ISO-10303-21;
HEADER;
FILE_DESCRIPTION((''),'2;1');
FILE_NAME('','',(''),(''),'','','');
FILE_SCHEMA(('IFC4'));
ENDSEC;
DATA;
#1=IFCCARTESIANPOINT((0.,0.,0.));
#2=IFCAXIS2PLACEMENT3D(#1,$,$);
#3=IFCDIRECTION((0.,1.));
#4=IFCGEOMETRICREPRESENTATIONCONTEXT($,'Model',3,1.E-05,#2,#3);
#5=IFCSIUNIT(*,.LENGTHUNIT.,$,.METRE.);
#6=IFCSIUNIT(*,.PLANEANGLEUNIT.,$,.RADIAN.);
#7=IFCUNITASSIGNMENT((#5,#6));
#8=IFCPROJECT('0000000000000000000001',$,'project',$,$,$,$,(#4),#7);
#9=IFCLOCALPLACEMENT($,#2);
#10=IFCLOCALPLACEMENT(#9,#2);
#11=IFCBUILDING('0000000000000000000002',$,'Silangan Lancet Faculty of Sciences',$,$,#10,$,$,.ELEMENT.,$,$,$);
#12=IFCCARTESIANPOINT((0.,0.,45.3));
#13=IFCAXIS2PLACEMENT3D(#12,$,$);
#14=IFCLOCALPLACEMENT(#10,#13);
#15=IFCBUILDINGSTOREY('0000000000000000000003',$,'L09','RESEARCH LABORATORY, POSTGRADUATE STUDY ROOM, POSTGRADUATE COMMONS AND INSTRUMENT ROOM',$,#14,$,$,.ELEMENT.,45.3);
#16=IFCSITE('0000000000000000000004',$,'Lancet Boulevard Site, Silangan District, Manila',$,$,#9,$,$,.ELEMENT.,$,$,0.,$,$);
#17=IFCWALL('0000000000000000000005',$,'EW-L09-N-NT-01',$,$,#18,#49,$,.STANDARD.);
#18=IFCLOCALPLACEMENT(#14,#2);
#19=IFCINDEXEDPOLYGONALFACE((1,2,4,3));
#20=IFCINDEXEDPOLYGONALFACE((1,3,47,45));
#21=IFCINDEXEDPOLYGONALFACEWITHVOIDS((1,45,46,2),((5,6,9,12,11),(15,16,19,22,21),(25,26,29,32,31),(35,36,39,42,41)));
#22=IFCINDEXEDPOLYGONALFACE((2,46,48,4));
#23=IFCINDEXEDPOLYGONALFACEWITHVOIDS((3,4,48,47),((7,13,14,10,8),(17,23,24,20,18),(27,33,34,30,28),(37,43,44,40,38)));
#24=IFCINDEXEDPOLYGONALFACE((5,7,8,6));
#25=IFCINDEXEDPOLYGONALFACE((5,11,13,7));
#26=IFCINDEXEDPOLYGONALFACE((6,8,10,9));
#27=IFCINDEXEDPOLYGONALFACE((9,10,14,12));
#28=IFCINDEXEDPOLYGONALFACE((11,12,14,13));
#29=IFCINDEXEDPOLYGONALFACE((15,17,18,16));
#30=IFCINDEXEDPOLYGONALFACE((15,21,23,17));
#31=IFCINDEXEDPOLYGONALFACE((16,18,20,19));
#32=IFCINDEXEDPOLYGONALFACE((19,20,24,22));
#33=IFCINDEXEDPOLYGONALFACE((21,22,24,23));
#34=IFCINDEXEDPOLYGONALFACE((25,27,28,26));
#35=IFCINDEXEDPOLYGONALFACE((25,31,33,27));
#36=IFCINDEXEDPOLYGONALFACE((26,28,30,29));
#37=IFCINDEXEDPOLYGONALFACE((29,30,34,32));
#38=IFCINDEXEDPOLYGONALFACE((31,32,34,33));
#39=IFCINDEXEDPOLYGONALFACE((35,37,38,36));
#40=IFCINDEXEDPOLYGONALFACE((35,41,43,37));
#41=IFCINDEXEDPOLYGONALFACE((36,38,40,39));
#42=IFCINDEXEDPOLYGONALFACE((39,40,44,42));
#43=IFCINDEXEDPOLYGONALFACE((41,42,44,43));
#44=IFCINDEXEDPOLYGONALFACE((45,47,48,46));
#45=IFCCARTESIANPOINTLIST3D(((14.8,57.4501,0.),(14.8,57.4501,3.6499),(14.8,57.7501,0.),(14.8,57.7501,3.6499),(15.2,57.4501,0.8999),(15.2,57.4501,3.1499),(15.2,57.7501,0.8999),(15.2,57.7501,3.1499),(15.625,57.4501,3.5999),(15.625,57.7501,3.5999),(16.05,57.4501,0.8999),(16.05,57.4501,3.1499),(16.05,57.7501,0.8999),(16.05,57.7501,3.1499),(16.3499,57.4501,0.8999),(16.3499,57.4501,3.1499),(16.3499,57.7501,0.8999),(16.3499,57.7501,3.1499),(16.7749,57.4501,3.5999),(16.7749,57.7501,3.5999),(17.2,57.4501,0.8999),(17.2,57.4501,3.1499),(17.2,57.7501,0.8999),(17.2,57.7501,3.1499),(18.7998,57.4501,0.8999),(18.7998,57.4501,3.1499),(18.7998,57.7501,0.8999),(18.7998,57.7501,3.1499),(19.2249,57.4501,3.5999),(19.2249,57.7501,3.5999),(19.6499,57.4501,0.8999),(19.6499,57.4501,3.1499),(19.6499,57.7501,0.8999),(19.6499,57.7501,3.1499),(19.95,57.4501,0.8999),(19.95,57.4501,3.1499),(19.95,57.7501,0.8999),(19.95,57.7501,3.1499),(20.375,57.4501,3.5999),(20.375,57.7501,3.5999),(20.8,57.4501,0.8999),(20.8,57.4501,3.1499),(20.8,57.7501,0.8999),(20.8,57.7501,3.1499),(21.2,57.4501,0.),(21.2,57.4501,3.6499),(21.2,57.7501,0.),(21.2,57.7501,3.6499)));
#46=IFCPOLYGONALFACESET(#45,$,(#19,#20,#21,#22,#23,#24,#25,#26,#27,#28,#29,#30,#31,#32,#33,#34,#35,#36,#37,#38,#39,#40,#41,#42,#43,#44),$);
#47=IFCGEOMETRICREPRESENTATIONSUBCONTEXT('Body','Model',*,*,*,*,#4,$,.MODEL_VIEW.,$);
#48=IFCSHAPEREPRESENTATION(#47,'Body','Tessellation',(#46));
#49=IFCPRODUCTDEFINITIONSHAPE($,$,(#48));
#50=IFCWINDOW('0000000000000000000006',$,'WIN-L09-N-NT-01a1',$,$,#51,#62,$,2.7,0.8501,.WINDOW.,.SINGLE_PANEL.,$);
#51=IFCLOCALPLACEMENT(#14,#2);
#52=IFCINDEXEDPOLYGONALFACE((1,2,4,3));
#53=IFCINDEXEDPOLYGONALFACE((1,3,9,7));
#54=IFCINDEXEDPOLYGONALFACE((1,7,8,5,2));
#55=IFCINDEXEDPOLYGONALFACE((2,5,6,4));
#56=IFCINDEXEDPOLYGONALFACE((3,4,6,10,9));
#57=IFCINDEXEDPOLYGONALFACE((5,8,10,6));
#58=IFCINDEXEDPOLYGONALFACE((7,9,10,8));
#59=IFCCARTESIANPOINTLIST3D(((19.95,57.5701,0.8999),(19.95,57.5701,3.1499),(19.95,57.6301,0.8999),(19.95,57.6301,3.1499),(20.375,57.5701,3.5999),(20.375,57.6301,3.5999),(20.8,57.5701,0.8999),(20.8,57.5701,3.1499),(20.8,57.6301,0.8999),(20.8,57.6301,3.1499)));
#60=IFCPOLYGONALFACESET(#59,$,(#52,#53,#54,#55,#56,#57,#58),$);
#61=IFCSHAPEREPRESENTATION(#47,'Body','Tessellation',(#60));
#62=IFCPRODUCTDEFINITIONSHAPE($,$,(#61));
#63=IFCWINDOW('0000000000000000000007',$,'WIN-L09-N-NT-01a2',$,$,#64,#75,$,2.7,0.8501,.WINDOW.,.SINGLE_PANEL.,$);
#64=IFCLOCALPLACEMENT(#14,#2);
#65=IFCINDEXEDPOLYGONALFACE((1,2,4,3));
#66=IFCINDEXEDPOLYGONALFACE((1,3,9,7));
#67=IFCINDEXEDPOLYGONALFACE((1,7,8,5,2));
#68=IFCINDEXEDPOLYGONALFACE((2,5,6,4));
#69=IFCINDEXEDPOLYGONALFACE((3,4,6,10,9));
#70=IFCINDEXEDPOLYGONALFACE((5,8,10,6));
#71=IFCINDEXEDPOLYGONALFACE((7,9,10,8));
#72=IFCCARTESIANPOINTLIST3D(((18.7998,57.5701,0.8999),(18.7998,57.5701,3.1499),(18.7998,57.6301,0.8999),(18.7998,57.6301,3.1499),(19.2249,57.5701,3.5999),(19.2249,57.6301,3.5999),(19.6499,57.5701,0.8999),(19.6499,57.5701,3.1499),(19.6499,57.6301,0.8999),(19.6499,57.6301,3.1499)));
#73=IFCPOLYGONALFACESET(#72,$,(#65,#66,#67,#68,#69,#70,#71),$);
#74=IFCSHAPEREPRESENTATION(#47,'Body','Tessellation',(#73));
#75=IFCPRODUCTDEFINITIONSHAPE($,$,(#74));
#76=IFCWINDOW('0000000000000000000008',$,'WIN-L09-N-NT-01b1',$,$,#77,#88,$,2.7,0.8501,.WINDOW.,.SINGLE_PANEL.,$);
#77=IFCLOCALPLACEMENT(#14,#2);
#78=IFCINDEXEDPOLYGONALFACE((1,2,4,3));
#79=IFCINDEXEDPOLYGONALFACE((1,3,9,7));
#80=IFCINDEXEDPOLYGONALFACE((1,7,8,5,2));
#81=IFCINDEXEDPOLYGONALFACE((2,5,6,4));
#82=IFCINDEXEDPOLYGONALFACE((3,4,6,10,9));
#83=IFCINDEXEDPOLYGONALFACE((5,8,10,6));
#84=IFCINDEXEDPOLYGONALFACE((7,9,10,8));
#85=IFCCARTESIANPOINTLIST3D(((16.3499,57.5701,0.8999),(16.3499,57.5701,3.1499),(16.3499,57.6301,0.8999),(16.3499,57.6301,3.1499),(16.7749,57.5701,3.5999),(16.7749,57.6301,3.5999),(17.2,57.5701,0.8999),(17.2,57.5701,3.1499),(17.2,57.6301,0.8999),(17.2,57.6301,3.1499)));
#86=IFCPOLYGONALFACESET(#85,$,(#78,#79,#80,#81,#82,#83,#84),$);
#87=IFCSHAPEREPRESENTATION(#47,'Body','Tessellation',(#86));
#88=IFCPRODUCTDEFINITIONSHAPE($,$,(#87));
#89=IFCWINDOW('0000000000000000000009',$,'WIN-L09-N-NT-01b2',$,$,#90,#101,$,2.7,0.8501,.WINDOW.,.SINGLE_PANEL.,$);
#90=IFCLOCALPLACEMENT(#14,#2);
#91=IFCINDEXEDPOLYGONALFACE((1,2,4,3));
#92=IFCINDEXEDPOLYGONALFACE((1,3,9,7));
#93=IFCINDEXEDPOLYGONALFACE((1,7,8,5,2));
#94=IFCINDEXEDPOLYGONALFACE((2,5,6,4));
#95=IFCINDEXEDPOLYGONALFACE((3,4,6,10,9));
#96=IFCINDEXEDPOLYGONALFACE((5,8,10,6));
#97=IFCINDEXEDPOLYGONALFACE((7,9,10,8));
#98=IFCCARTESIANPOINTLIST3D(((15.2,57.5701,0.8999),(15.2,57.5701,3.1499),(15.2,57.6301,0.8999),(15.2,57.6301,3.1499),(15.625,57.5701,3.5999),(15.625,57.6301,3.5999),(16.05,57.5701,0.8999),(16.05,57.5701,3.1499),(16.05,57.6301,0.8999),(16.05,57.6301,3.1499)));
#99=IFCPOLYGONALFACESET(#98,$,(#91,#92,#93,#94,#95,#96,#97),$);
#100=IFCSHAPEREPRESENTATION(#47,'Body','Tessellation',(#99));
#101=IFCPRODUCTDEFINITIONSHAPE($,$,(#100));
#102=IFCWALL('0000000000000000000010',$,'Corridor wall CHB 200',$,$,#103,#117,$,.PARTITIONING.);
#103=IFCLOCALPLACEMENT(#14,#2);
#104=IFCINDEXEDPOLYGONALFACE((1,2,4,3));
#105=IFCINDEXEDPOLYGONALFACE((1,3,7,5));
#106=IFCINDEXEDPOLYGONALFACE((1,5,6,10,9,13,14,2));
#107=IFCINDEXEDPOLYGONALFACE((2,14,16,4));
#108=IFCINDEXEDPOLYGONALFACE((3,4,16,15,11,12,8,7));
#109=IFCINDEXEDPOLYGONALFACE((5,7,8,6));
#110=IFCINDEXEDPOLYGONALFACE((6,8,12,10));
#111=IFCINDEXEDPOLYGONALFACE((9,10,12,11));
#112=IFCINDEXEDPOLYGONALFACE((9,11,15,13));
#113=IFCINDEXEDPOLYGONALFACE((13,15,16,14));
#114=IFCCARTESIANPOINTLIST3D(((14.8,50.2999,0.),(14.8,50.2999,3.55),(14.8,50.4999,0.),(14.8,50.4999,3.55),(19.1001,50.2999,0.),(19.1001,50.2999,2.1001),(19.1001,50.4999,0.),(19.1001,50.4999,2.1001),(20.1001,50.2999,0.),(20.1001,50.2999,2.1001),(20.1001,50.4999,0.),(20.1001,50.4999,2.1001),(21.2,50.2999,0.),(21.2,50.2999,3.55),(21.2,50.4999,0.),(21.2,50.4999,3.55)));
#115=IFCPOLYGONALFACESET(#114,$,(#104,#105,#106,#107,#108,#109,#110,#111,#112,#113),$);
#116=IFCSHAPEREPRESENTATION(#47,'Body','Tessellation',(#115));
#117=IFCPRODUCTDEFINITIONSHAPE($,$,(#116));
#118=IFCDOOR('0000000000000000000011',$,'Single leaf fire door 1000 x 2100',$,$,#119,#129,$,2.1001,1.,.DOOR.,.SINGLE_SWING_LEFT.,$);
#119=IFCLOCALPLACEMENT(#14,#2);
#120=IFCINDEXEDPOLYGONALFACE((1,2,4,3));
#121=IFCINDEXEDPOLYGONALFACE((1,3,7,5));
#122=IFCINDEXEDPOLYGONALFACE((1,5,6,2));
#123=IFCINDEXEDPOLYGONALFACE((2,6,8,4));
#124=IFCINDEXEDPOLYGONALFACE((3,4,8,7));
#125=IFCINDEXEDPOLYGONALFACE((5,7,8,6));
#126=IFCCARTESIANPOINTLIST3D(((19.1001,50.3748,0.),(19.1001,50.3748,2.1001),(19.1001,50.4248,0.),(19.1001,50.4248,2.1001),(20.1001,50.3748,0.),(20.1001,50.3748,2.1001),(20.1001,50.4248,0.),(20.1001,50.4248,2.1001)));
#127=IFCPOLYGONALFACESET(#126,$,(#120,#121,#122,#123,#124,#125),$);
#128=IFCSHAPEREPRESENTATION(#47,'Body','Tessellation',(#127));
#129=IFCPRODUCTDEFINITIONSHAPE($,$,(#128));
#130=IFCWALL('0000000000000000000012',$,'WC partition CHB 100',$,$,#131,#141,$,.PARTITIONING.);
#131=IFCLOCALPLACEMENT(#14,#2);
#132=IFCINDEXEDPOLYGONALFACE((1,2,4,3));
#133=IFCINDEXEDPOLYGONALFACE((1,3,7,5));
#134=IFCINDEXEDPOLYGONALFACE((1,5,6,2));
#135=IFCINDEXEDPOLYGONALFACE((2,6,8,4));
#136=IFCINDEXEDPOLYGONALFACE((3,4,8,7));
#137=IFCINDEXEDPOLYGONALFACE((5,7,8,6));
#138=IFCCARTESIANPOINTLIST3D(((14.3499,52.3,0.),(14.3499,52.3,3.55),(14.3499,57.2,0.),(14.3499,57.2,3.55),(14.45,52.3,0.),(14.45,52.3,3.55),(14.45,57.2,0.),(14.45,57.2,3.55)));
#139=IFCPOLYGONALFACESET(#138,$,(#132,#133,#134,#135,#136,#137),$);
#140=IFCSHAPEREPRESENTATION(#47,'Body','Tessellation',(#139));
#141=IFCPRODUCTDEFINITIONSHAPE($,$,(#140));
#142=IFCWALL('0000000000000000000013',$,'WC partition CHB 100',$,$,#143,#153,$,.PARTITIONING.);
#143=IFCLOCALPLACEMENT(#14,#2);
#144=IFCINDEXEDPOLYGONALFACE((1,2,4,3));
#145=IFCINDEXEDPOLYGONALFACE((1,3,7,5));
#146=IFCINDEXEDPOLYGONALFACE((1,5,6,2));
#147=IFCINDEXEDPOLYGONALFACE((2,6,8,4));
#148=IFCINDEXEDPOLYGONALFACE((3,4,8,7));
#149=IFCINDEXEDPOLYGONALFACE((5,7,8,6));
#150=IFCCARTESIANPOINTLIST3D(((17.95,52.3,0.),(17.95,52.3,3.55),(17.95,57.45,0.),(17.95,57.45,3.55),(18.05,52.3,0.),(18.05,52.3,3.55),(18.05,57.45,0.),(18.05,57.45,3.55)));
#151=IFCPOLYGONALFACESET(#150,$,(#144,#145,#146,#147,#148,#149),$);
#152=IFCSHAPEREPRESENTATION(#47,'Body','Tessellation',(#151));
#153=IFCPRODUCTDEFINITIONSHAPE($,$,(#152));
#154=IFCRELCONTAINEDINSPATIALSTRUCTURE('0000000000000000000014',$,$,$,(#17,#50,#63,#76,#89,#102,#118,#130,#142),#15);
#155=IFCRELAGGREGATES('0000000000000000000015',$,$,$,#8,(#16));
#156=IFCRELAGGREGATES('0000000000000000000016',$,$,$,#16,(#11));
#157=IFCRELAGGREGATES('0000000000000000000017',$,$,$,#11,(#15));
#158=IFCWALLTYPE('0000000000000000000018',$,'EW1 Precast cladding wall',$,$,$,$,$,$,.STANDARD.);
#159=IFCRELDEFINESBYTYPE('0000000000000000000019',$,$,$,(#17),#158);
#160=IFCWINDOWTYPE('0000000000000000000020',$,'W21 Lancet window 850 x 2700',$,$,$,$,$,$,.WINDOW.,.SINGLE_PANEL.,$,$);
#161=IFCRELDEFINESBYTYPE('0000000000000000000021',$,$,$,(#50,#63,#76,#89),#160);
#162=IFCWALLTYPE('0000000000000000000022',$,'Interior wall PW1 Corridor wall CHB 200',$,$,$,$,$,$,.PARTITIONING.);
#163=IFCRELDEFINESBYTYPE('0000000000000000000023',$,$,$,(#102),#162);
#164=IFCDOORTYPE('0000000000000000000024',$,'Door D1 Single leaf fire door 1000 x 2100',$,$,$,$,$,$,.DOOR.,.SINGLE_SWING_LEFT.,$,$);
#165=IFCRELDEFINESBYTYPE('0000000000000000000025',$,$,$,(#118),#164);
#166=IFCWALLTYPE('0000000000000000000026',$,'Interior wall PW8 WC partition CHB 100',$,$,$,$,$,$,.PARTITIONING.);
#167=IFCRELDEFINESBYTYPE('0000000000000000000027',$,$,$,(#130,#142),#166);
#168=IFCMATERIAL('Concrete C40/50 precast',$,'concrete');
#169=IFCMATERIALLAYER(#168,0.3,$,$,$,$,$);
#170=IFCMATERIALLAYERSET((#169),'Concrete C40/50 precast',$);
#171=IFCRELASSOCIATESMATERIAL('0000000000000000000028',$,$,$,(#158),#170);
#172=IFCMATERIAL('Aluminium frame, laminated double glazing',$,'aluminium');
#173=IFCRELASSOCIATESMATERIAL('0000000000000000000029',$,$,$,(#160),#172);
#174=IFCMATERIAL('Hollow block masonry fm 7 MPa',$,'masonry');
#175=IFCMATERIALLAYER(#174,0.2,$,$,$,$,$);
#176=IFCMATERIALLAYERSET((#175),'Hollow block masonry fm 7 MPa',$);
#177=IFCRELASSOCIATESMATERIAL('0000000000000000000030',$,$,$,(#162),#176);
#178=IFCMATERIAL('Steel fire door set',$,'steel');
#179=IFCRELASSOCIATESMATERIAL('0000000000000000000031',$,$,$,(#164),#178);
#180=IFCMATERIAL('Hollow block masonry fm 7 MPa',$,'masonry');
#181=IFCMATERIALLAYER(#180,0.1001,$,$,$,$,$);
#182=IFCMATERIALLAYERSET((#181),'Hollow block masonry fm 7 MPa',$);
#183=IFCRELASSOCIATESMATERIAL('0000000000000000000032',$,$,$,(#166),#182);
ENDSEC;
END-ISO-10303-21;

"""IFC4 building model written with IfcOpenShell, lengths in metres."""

from ifc_helpers import new_model, si_unit, direction, frame, frame_2d, origin, place, context, subcontext, project, spatial, polyline, rectangle, outline, extrude, material, layer, layer_set, type_object, element, fill, save


model = new_model("IFC4")

# Units and contexts
model_context = context("Model", 3, precision=1e-05, world=origin(), true_north=direction((0.0, 1.0)))
body_context = subcontext(model_context, "Body", "Model", "MODEL_VIEW")
ifc_project = project(units=[si_unit("LENGTHUNIT", "METRE"), si_unit("PLANEANGLEUNIT", "RADIAN")], contexts=[model_context])

# Site, building, storey
site_placement = place(None, origin())
site = spatial("IfcSite", under=ifc_project, at=site_placement, Name="Lancet Boulevard Site, Silangan District, Manila", CompositionType="ELEMENT", RefElevation=0.0)
building_placement = place(site_placement, origin())
building = spatial("IfcBuilding", under=site, at=building_placement, Name="Silangan Lancet Faculty of Sciences", CompositionType="ELEMENT")
storey_placement = place(building_placement, frame((0.0, 0.0, 45.3)))
storey = spatial("IfcBuildingStorey", under=building, at=storey_placement, Name="L09", Description="RESEARCH LABORATORY, POSTGRADUATE STUDY ROOM, POSTGRADUATE COMMONS AND INSTRUMENT ROOM", CompositionType="ELEMENT", Elevation=45.3)

# Wall, openings, windows
ifc_material_1 = material(Name="Concrete C40/50 precast", Category="concrete")
ifc_layer_1 = layer(ifc_material_1, 0.3)
ifc_layer_set_1 = layer_set([ifc_layer_1], Name="Concrete C40/50 precast")
wall_type_1 = type_object("IfcWallType", Name="EW1 Precast cladding wall", PredefinedType="STANDARD", material=ifc_layer_set_1)
wall_1_placement = place(storey_placement, frame((21.2, 57.6001, 0.0), z_axis=(0.0, 0.0, 1.0), x_axis=(-1.0, 0.0, 0.0)))
wall_1 = element("IfcWall", 1, at=wall_1_placement, inside=storey, type_object=wall_type_1, Name="EW-L09-N-NT-01", PredefinedType="STANDARD", context=body_context, shape_type="SweptSolid", body=[
    extrude(rectangle(XDim=6.3999, YDim=0.3, at=frame_2d((3.2, 0.0))), origin(), (0.0, 0.0, 1.0), 3.6499),
])
opening_1_placement = place(wall_1_placement, frame((0.3999, 0.0, 0.8999)))
opening_1 = element("IfcOpeningElement", 2, at=opening_1_placement, cuts=wall_1, PredefinedType="OPENING", context=body_context, shape_type="SweptSolid", body=[
    extrude(outline(polyline([(0.0, 0.0), (0.8501, 0.0), (0.8501, 2.25), (0.425, 2.7), (0.0, 2.25), (0.0, 0.0)])), frame((0.0, 0.1599, 0.0), z_axis=(0.0, -1.0, 0.0), x_axis=(1.0, 0.0, 0.0)), (0.0, 0.0, 1.0), 0.3201),
])
opening_2_placement = place(wall_1_placement, frame((1.55, 0.0, 0.8999)))
opening_2 = element("IfcOpeningElement", 3, at=opening_2_placement, cuts=wall_1, PredefinedType="OPENING", context=body_context, shape_type="SweptSolid", body=[
    extrude(outline(polyline([(0.0, 0.0), (0.8501, 0.0), (0.8501, 2.25), (0.425, 2.7), (0.0, 2.25), (0.0, 0.0)])), frame((0.0, 0.1599, 0.0), z_axis=(0.0, -1.0, 0.0), x_axis=(1.0, 0.0, 0.0)), (0.0, 0.0, 1.0), 0.3201),
])
opening_3_placement = place(wall_1_placement, frame((4.0, 0.0, 0.8999)))
opening_3 = element("IfcOpeningElement", 4, at=opening_3_placement, cuts=wall_1, PredefinedType="OPENING", context=body_context, shape_type="SweptSolid", body=[
    extrude(outline(polyline([(0.0, 0.0), (0.8501, 0.0), (0.8501, 2.25), (0.425, 2.7), (0.0, 2.25), (0.0, 0.0)])), frame((0.0, 0.1599, 0.0), z_axis=(0.0, -1.0, 0.0), x_axis=(1.0, 0.0, 0.0)), (0.0, 0.0, 1.0), 0.3201),
])
opening_4_placement = place(wall_1_placement, frame((5.1499, 0.0, 0.8999)))
opening_4 = element("IfcOpeningElement", 5, at=opening_4_placement, cuts=wall_1, PredefinedType="OPENING", context=body_context, shape_type="SweptSolid", body=[
    extrude(outline(polyline([(0.0, 0.0), (0.8501, 0.0), (0.8501, 2.25), (0.425, 2.7), (0.0, 2.25), (0.0, 0.0)])), frame((0.0, 0.1599, 0.0), z_axis=(0.0, -1.0, 0.0), x_axis=(1.0, 0.0, 0.0)), (0.0, 0.0, 1.0), 0.3201),
])
ifc_material_2 = material(Name="Aluminium frame, laminated double glazing", Category="aluminium")
window_type = type_object("IfcWindowType", Name="W21 Lancet window 850 x 2700", PartitioningType="SINGLE_PANEL", PredefinedType="WINDOW", material=ifc_material_2)
window_1_placement = place(opening_1_placement, origin())
window_1 = element("IfcWindow", 6, at=window_1_placement, inside=storey, type_object=window_type, Name="WIN-L09-N-NT-01a1", OverallHeight=2.7, OverallWidth=0.8501, PartitioningType="SINGLE_PANEL", PredefinedType="WINDOW", context=body_context, shape_type="SweptSolid", body=[
    extrude(outline(polyline([(0.0, 0.0), (0.8501, 0.0), (0.8501, 2.25), (0.425, 2.7), (0.0, 2.25), (0.0, 0.0)])), frame((0.0, 0.03, 0.0), z_axis=(0.0, -1.0, 0.0), x_axis=(1.0, 0.0, 0.0)), (0.0, 0.0, 1.0), 0.0601),
])
fill(opening_1, window_1)
window_2_placement = place(opening_2_placement, origin())
window_2 = element("IfcWindow", 7, at=window_2_placement, inside=storey, type_object=window_type, Name="WIN-L09-N-NT-01a2", OverallHeight=2.7, OverallWidth=0.8501, PartitioningType="SINGLE_PANEL", PredefinedType="WINDOW", context=body_context, shape_type="SweptSolid", body=[
    extrude(outline(polyline([(0.0, 0.0), (0.8501, 0.0), (0.8501, 2.25), (0.425, 2.7), (0.0, 2.25), (0.0, 0.0)])), frame((0.0, 0.03, 0.0), z_axis=(0.0, -1.0, 0.0), x_axis=(1.0, 0.0, 0.0)), (0.0, 0.0, 1.0), 0.0601),
])
fill(opening_2, window_2)
window_3_placement = place(opening_3_placement, origin())
window_3 = element("IfcWindow", 8, at=window_3_placement, inside=storey, type_object=window_type, Name="WIN-L09-N-NT-01b1", OverallHeight=2.7, OverallWidth=0.8501, PartitioningType="SINGLE_PANEL", PredefinedType="WINDOW", context=body_context, shape_type="SweptSolid", body=[
    extrude(outline(polyline([(0.0, 0.0), (0.8501, 0.0), (0.8501, 2.25), (0.425, 2.7), (0.0, 2.25), (0.0, 0.0)])), frame((0.0, 0.03, 0.0), z_axis=(0.0, -1.0, 0.0), x_axis=(1.0, 0.0, 0.0)), (0.0, 0.0, 1.0), 0.0601),
])
fill(opening_3, window_3)
window_4_placement = place(opening_4_placement, origin())
window_4 = element("IfcWindow", 9, at=window_4_placement, inside=storey, type_object=window_type, Name="WIN-L09-N-NT-01b2", OverallHeight=2.7, OverallWidth=0.8501, PartitioningType="SINGLE_PANEL", PredefinedType="WINDOW", context=body_context, shape_type="SweptSolid", body=[
    extrude(outline(polyline([(0.0, 0.0), (0.8501, 0.0), (0.8501, 2.25), (0.425, 2.7), (0.0, 2.25), (0.0, 0.0)])), frame((0.0, 0.03, 0.0), z_axis=(0.0, -1.0, 0.0), x_axis=(1.0, 0.0, 0.0)), (0.0, 0.0, 1.0), 0.0601),
])
fill(opening_4, window_4)

# Wall, opening, door
ifc_material_3 = material(Name="Hollow block masonry fm 7 MPa", Category="masonry")
ifc_layer_2 = layer(ifc_material_3, 0.2)
ifc_layer_set_2 = layer_set([ifc_layer_2], Name="Hollow block masonry fm 7 MPa")
wall_type_2 = type_object("IfcWallType", Name="Interior wall PW1 Corridor wall CHB 200", PredefinedType="PARTITIONING", material=ifc_layer_set_2)
wall_2_placement = place(storey_placement, frame((14.8, 50.3999, 0.0), z_axis=(0.0, 0.0, 1.0), x_axis=(1.0, 0.0, 0.0)))
wall_2 = element("IfcWall", 10, at=wall_2_placement, inside=storey, type_object=wall_type_2, Name="Corridor wall CHB 200", PredefinedType="PARTITIONING", context=body_context, shape_type="SweptSolid", body=[
    extrude(rectangle(XDim=6.3999, YDim=0.2, at=frame_2d((3.2, 0.0))), origin(), (0.0, 0.0, 1.0), 3.55),
])
opening_5_placement = place(wall_2_placement, frame((4.3, 0.0, 0.0)))
opening_5 = element("IfcOpeningElement", 11, at=opening_5_placement, cuts=wall_2, PredefinedType="OPENING", context=body_context, shape_type="SweptSolid", body=[
    extrude(rectangle(XDim=1.0, YDim=2.1001, at=frame_2d((0.5, 1.05))), frame((0.0, 0.1099, 0.0), z_axis=(0.0, -1.0, 0.0), x_axis=(1.0, 0.0, 0.0)), (0.0, 0.0, 1.0), 0.22),
])
ifc_material_4 = material(Name="Steel fire door set", Category="steel")
door_type_1 = type_object("IfcDoorType", Name="Door D1 Single leaf fire door 1000 x 2100", OperationType="SINGLE_SWING_LEFT", PredefinedType="DOOR", material=ifc_material_4)
door_1_placement = place(opening_5_placement, origin())
door_1 = element("IfcDoor", 12, at=door_1_placement, inside=storey, type_object=door_type_1, Name="Single leaf fire door 1000 x 2100", OperationType="SINGLE_SWING_LEFT", OverallHeight=2.1001, OverallWidth=1.0, PredefinedType="DOOR", context=body_context, shape_type="SweptSolid", body=[
    extrude(rectangle(XDim=1.0, YDim=2.1001, at=frame_2d((0.5, 1.05))), frame((0.0, 0.0249, 0.0), z_axis=(0.0, -1.0, 0.0), x_axis=(1.0, 0.0, 0.0)), (0.0, 0.0, 1.0), 0.05),
])
fill(opening_5, door_1)

# Walls
ifc_material_5 = material(Name="Hollow block masonry fm 7 MPa", Category="masonry")
ifc_layer_3 = layer(ifc_material_5, 0.1001)
ifc_layer_set_3 = layer_set([ifc_layer_3], Name="Hollow block masonry fm 7 MPa")
wall_type_3 = type_object("IfcWallType", Name="Interior wall PW8 WC partition CHB 100", PredefinedType="PARTITIONING", material=ifc_layer_set_3)
wall_3_placement = place(storey_placement, frame((14.3999, 52.3, 0.0), z_axis=(0.0, 0.0, 1.0), x_axis=(0.0, 1.0, 0.0)))
element("IfcWall", 13, at=wall_3_placement, inside=storey, type_object=wall_type_3, Name="WC partition CHB 100", PredefinedType="PARTITIONING", context=body_context, shape_type="SweptSolid", body=[
    extrude(rectangle(XDim=4.8999, YDim=0.1001, at=frame_2d((2.45, 0.0))), origin(), (0.0, 0.0, 1.0), 3.55),
])
wall_4_placement = place(storey_placement, frame((18.0, 52.3, 0.0), z_axis=(0.0, 0.0, 1.0), x_axis=(0.0, 1.0, 0.0)))
element("IfcWall", 14, at=wall_4_placement, inside=storey, type_object=wall_type_3, Name="WC partition CHB 100", PredefinedType="PARTITIONING", context=body_context, shape_type="SweptSolid", body=[
    extrude(rectangle(XDim=5.1499, YDim=0.1001, at=frame_2d((2.575, 0.0))), origin(), (0.0, 0.0, 1.0), 3.55),
])

save(model, "model.ifc")
